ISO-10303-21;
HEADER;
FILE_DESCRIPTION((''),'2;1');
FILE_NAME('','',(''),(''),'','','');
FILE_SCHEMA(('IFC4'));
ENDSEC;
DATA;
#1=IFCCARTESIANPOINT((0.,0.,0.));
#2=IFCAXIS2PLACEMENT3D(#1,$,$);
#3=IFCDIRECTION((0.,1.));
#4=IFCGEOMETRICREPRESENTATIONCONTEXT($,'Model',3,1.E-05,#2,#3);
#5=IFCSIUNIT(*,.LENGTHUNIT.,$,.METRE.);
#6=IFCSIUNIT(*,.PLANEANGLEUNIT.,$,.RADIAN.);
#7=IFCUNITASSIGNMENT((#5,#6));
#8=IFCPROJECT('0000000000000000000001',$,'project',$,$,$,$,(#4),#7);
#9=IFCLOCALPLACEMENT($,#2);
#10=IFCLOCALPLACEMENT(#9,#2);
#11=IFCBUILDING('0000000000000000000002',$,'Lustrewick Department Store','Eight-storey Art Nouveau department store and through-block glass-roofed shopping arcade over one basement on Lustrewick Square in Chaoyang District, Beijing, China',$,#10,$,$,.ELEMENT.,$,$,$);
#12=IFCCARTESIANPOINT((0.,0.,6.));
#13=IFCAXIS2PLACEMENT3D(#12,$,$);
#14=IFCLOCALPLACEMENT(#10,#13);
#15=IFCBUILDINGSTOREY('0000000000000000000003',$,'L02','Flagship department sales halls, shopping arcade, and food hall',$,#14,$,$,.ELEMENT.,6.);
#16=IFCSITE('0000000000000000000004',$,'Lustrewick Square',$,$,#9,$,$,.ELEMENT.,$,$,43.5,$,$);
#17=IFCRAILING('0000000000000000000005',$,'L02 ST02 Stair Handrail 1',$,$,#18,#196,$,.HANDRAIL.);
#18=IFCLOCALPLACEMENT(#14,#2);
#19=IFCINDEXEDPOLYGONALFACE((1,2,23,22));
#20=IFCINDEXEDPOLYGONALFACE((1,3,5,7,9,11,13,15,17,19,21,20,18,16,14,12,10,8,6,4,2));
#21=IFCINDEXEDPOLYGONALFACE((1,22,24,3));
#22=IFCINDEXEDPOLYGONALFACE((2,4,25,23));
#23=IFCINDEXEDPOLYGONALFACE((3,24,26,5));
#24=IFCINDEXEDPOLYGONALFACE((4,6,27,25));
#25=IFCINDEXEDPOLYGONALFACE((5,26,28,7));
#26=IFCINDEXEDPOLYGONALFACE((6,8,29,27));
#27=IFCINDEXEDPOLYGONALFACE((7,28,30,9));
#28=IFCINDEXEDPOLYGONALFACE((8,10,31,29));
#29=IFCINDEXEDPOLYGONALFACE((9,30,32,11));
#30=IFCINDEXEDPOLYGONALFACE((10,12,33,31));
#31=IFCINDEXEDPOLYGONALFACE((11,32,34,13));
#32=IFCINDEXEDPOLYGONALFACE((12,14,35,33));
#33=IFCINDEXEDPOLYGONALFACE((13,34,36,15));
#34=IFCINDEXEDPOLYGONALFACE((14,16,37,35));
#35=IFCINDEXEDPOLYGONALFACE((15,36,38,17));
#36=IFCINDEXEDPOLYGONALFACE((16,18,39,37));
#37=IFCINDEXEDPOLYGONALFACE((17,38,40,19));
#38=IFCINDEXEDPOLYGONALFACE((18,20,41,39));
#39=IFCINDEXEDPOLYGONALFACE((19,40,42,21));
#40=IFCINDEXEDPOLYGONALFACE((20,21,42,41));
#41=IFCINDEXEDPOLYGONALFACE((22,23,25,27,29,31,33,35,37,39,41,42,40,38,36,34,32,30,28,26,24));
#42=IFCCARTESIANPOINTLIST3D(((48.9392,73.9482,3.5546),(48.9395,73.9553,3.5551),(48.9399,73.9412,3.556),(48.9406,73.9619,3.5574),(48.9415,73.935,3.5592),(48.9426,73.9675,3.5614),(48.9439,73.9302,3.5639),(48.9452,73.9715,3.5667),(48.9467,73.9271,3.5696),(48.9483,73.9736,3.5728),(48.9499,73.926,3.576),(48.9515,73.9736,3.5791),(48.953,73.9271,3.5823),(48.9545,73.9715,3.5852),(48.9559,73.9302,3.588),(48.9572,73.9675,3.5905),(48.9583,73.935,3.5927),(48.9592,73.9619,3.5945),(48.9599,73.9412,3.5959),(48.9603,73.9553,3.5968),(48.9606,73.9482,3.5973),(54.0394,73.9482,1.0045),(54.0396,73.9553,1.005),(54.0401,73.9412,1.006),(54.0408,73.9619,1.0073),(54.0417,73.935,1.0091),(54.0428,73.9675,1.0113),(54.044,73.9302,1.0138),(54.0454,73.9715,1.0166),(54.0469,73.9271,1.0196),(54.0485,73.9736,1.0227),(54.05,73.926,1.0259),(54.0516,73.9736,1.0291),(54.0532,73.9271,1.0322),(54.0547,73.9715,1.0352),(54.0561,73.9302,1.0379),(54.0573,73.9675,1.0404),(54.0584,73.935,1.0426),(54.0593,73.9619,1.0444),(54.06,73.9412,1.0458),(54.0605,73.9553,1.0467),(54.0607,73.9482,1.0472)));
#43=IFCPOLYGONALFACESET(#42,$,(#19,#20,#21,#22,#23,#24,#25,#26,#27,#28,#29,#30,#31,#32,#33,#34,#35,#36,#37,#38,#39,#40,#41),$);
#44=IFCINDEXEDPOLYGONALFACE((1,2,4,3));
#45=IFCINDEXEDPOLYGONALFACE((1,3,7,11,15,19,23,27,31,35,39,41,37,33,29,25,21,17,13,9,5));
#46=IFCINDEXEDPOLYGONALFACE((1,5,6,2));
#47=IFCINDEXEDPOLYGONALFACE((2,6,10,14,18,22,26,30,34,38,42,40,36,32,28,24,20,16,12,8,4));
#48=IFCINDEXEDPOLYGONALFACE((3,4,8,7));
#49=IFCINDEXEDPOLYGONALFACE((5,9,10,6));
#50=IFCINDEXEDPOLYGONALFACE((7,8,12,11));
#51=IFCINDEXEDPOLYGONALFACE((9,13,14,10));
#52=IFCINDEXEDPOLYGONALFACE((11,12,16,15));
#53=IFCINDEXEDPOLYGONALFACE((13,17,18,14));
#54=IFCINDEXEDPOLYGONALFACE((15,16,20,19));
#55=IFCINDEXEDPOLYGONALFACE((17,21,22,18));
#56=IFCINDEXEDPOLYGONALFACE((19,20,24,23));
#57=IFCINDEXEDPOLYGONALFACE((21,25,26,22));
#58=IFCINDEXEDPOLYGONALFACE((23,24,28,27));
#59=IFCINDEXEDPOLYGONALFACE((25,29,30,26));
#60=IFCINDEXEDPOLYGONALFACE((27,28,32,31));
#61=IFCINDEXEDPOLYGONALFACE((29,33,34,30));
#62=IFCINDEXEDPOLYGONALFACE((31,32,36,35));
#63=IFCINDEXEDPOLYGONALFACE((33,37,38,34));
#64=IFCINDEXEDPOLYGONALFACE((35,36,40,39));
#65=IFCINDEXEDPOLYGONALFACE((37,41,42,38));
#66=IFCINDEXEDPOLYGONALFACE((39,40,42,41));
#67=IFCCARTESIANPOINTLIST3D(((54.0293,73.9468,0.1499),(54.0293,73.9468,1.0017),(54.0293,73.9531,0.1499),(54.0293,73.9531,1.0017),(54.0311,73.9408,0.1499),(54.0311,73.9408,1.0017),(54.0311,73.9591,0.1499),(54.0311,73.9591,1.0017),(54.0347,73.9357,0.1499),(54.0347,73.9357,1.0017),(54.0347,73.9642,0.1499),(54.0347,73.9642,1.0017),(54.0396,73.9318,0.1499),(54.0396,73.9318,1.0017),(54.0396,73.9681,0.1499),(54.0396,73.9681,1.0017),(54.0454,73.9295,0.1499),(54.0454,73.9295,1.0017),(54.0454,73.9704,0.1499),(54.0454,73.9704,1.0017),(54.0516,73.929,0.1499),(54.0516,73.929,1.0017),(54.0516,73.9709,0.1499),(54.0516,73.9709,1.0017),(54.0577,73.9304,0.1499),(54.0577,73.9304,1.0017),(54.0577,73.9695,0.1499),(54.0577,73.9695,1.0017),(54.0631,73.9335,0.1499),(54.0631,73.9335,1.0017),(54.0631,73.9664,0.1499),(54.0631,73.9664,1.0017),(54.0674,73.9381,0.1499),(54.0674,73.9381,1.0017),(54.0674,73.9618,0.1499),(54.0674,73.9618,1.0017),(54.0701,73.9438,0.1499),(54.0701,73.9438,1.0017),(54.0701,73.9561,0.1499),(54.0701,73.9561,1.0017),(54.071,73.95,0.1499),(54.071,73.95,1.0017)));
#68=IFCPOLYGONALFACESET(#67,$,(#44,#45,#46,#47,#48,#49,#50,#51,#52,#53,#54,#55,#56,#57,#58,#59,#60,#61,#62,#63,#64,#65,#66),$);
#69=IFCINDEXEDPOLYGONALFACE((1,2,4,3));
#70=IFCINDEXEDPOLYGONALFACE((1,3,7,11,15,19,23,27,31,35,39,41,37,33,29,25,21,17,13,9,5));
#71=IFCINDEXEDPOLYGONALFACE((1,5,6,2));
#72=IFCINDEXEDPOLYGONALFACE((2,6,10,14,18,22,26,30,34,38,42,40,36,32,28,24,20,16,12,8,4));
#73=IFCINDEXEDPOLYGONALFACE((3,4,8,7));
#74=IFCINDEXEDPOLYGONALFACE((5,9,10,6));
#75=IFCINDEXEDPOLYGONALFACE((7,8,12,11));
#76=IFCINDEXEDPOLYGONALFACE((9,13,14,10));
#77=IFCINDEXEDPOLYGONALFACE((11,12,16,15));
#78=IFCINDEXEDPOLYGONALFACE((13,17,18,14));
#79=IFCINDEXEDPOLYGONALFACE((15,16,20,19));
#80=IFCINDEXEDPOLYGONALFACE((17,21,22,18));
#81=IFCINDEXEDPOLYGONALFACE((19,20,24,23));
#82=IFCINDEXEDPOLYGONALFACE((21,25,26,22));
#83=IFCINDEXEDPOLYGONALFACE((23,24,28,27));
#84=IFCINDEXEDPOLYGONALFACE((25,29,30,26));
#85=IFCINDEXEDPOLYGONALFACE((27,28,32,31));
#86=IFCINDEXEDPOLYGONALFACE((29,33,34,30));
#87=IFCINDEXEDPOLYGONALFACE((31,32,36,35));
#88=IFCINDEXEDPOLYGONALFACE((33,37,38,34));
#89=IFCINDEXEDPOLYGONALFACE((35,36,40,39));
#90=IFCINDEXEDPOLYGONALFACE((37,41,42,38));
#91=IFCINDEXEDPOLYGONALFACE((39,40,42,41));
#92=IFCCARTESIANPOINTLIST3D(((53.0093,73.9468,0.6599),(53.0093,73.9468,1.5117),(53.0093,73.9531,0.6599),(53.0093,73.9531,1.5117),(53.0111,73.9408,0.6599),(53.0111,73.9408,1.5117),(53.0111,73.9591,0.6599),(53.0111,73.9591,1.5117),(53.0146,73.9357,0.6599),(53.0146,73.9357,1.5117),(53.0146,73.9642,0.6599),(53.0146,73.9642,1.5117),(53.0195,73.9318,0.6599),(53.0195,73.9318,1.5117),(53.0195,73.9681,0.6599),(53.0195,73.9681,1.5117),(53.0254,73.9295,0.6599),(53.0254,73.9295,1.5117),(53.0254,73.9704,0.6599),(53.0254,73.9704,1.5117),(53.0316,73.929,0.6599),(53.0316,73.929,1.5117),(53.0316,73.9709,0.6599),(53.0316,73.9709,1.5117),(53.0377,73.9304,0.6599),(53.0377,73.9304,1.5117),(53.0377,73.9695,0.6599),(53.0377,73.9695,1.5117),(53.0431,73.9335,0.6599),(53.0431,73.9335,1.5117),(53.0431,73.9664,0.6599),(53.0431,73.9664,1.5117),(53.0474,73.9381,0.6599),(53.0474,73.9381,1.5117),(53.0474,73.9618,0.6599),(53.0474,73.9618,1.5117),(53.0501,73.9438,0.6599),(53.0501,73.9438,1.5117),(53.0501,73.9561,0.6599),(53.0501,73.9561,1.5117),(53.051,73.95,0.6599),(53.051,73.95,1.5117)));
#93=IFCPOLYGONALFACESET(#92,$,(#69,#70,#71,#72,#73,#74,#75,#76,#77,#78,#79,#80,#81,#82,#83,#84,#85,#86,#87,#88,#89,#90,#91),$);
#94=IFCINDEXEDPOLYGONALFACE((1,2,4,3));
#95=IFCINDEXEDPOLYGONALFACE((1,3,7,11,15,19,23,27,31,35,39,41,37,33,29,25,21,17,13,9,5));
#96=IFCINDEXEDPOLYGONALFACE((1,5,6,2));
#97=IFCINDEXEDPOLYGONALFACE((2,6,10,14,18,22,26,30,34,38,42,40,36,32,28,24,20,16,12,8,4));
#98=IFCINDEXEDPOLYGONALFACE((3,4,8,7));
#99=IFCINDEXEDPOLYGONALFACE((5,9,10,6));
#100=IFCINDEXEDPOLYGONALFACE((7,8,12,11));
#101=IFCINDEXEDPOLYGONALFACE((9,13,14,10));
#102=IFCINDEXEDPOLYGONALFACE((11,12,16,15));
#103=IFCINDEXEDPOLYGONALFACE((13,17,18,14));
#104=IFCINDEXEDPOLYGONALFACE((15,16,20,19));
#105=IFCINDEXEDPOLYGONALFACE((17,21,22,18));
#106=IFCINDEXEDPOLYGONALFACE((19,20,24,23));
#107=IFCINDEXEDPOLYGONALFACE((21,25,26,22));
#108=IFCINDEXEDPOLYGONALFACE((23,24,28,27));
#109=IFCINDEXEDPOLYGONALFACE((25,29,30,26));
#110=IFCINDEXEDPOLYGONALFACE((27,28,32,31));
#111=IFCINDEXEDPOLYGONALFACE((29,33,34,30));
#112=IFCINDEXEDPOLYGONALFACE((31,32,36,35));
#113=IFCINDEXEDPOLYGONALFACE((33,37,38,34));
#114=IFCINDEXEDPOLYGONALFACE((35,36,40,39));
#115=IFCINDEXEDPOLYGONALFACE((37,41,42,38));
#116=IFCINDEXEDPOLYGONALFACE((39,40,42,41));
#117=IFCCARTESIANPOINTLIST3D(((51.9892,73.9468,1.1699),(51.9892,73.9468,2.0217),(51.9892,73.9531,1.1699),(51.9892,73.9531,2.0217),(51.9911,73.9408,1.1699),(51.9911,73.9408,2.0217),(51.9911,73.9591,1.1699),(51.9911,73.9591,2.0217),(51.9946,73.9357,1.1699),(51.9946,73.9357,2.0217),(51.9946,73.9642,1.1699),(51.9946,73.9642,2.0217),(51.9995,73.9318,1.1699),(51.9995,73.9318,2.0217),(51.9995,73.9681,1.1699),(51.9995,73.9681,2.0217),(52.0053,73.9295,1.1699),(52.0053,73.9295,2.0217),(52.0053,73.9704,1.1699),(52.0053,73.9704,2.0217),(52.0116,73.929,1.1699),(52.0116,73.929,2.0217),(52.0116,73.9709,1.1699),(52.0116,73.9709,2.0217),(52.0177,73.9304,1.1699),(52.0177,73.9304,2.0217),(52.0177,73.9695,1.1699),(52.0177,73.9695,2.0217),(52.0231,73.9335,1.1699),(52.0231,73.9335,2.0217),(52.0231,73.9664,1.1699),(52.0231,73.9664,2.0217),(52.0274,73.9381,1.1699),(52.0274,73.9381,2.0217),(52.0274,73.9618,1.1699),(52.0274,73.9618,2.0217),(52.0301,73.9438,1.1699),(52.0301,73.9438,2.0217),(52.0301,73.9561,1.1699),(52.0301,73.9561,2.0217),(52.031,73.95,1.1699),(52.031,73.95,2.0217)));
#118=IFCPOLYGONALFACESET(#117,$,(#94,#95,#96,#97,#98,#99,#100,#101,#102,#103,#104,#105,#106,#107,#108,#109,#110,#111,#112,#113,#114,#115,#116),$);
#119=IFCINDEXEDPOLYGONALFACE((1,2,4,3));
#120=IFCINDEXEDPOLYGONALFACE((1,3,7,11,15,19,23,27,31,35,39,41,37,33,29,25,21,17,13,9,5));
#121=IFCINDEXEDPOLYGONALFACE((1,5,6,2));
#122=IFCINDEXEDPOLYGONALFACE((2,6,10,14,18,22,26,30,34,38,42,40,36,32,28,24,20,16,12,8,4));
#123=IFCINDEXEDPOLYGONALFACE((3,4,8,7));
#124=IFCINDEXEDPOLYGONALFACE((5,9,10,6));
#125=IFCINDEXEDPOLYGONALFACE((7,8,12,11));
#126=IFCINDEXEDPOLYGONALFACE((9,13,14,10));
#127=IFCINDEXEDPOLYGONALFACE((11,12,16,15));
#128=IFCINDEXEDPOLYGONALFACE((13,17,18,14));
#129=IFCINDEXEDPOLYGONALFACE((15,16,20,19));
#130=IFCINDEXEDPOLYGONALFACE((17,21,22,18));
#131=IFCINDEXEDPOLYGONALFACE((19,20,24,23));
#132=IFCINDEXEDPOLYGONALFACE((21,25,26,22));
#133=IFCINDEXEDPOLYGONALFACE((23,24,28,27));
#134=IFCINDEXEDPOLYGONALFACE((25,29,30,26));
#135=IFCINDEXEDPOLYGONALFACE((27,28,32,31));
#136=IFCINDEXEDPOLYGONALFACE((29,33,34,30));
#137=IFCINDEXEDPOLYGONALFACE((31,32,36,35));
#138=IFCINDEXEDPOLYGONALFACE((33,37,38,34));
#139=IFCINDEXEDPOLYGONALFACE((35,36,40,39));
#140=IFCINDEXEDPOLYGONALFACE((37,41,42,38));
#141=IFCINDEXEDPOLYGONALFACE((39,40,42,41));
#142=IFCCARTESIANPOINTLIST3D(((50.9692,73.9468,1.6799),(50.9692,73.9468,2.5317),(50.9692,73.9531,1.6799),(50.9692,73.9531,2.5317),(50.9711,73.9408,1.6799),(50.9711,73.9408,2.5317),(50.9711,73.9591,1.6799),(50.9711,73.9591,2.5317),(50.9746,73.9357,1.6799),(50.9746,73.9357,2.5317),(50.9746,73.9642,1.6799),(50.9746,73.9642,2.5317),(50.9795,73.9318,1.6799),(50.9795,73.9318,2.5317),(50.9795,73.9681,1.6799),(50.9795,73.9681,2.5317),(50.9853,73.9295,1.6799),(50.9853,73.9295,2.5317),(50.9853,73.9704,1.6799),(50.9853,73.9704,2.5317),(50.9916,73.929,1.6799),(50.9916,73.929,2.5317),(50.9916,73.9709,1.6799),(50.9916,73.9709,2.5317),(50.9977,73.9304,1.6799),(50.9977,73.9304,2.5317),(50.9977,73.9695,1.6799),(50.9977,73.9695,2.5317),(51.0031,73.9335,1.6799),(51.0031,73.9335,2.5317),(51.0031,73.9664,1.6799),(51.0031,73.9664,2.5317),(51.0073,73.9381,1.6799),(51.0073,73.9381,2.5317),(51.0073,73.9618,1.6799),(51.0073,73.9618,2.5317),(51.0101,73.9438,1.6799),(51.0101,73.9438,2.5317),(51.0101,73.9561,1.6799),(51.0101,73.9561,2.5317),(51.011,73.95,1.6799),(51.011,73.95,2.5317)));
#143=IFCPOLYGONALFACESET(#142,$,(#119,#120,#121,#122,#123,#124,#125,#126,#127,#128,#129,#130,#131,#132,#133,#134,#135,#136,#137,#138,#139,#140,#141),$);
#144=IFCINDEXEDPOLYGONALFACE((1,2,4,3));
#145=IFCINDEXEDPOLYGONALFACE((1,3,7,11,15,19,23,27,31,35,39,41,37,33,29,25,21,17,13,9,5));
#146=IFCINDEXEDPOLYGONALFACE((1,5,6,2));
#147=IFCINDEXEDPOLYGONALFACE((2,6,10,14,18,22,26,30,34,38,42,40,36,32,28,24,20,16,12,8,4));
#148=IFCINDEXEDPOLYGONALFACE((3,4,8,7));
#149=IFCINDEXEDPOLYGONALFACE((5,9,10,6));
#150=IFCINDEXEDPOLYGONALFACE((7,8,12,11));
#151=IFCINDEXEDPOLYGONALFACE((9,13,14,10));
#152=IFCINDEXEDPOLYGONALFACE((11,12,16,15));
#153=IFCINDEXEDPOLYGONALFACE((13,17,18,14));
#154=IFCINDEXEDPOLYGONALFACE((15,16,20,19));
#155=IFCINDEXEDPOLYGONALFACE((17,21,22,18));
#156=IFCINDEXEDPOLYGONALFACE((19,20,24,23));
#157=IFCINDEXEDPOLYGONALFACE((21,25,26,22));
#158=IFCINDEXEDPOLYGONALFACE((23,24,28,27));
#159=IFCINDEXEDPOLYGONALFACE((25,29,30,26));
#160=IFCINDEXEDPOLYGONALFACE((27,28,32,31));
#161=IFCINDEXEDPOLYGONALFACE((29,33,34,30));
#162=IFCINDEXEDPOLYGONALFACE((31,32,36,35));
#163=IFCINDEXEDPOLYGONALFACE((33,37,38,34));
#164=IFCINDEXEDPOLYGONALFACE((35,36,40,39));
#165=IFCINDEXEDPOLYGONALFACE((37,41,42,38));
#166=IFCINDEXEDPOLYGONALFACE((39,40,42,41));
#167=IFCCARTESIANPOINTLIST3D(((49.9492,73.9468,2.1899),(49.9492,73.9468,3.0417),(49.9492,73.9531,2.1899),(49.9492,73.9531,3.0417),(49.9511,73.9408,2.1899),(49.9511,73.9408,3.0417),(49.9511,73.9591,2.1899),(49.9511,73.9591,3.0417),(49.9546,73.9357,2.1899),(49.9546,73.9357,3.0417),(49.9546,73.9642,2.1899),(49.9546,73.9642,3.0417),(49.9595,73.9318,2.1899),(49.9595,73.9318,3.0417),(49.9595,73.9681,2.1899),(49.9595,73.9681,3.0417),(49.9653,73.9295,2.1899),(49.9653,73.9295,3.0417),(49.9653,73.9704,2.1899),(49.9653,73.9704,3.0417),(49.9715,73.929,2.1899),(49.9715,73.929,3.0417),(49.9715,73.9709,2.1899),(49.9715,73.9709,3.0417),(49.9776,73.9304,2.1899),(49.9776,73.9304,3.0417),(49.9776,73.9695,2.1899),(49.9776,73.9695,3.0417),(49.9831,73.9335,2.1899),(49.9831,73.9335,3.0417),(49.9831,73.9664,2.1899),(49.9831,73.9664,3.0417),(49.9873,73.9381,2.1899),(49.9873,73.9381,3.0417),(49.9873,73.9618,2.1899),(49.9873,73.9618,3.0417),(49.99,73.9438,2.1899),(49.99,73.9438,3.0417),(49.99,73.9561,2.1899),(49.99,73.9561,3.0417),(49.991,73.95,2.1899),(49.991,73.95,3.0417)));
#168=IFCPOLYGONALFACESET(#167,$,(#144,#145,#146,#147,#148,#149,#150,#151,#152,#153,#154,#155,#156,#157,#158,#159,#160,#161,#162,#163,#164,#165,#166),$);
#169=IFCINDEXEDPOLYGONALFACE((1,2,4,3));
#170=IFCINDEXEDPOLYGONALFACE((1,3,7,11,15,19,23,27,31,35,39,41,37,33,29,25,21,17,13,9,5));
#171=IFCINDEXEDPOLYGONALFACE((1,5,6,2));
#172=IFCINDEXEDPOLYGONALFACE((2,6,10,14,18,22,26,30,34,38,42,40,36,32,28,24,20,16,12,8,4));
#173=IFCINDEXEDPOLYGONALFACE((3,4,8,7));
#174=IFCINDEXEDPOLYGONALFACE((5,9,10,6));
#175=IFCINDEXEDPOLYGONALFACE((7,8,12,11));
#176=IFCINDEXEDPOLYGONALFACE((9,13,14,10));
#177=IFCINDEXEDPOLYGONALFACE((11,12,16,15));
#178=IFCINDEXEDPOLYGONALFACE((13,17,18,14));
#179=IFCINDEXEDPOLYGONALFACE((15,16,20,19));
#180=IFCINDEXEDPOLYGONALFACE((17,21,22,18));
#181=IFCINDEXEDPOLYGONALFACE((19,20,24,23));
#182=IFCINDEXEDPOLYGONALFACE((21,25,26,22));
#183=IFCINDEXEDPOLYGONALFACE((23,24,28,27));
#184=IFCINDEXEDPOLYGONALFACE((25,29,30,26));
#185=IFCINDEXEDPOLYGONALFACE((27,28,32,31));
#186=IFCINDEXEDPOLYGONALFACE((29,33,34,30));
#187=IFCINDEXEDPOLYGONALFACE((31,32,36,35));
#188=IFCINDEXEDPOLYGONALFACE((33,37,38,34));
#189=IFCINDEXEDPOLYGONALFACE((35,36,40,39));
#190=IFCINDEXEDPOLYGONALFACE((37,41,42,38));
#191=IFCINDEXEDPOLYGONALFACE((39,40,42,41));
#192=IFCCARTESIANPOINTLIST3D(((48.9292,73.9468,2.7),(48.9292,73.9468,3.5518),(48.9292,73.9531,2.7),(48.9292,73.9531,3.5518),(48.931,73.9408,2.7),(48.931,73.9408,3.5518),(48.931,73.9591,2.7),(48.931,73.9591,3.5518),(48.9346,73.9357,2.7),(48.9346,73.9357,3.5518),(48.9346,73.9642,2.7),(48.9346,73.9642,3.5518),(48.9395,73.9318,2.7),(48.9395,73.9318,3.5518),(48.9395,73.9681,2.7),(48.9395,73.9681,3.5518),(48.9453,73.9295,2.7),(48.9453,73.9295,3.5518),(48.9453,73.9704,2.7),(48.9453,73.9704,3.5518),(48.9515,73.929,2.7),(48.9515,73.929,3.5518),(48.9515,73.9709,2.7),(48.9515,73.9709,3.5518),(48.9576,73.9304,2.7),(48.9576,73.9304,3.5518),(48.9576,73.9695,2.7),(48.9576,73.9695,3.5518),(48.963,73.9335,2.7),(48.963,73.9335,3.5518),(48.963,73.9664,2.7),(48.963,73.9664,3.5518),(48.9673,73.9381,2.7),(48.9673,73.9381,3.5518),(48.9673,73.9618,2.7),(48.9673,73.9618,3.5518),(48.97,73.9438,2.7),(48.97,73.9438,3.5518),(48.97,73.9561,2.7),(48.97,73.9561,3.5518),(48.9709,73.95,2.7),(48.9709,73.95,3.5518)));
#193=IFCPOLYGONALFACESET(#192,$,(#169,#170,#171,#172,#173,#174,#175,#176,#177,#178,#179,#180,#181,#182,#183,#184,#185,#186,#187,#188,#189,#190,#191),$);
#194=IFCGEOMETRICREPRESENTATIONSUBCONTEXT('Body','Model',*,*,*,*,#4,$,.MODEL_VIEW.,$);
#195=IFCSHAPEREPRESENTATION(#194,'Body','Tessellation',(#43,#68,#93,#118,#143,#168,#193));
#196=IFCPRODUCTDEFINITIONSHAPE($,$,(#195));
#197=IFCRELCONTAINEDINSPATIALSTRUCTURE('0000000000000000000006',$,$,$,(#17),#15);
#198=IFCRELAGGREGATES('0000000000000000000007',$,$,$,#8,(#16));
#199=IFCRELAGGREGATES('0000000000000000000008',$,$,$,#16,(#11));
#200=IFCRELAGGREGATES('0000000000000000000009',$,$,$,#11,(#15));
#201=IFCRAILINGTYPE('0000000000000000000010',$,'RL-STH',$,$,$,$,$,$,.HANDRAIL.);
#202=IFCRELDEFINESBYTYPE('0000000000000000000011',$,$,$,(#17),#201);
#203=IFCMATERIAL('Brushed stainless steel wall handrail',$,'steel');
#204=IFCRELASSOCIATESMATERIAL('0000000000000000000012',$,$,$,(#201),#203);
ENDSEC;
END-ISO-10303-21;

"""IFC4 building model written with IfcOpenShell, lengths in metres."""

from ifc_helpers import new_model, si_unit, direction, frame, origin, origin_2d, place, context, subcontext, project, spatial, circle, extrude, material, type_object, element, save


model = new_model("IFC4")

# Units and contexts
model_context = context("Model", 3, precision=1e-05, world=origin(), true_north=direction((0.0, 1.0)))
body_context = subcontext(model_context, "Body", "Model", "MODEL_VIEW")
ifc_project = project(units=[si_unit("LENGTHUNIT", "METRE"), si_unit("PLANEANGLEUNIT", "RADIAN")], contexts=[model_context])

# Site, building, storey
site_placement = place(None, origin())
site = spatial("IfcSite", under=ifc_project, at=site_placement, Name="Lustrewick Square", CompositionType="ELEMENT", RefElevation=43.5)
building_placement = place(site_placement, origin())
building = spatial("IfcBuilding", under=site, at=building_placement, Name="Lustrewick Department Store", Description="Eight-storey Art Nouveau department store and through-block glass-roofed shopping arcade over one basement on Lustrewick Square in Chaoyang District, Beijing, China", CompositionType="ELEMENT")
storey_placement = place(building_placement, frame((0.0, 0.0, 6.0)))
storey = spatial("IfcBuildingStorey", under=building, at=storey_placement, Name="L02", Description="Flagship department sales halls, shopping arcade, and food hall", CompositionType="ELEMENT", Elevation=6.0)

# Railing
ifc_material_1 = material(Name="Brushed stainless steel wall handrail", Category="steel")
railing_type_1 = type_object("IfcRailingType", Name="RL-STH", PredefinedType="HANDRAIL", material=ifc_material_1)
railing_1_placement = place(storey_placement, frame((54.05, 73.95, 0.1499)))
element("IfcRailing", 1, at=railing_1_placement, inside=storey, type_object=railing_type_1, Name="L02 ST02 Stair Handrail 1", PredefinedType="HANDRAIL", context=body_context, shape_type="SweptSolid", body=[
    extrude(circle(Radius=0.0239, at=origin_2d()), frame((0.0, 0.0, 0.876), z_axis=(-0.894427, 0.0, 0.447214), x_axis=(0.0, -1.0, 0.0)), (0.0, 0.0, 1.0), 5.7021),
    extrude(circle(Radius=0.021, at=origin_2d()), origin(), (0.0, 0.0, 1.0), 0.8518),
    extrude(circle(Radius=0.021, at=origin_2d()), frame((-1.02, 0.0, 0.51)), (0.0, 0.0, 1.0), 0.8518),
    extrude(circle(Radius=0.021, at=origin_2d()), frame((-2.04, 0.0, 1.02)), (0.0, 0.0, 1.0), 0.8518),
    extrude(circle(Radius=0.021, at=origin_2d()), frame((-3.0601, 0.0, 1.53)), (0.0, 0.0, 1.0), 0.8518),
    extrude(circle(Radius=0.021, at=origin_2d()), frame((-4.0801, 0.0, 2.04)), (0.0, 0.0, 1.0), 0.8518),
    extrude(circle(Radius=0.021, at=origin_2d()), frame((-5.1001, 0.0, 2.55)), (0.0, 0.0, 1.0), 0.8518),
])

save(model, "model.ifc")
